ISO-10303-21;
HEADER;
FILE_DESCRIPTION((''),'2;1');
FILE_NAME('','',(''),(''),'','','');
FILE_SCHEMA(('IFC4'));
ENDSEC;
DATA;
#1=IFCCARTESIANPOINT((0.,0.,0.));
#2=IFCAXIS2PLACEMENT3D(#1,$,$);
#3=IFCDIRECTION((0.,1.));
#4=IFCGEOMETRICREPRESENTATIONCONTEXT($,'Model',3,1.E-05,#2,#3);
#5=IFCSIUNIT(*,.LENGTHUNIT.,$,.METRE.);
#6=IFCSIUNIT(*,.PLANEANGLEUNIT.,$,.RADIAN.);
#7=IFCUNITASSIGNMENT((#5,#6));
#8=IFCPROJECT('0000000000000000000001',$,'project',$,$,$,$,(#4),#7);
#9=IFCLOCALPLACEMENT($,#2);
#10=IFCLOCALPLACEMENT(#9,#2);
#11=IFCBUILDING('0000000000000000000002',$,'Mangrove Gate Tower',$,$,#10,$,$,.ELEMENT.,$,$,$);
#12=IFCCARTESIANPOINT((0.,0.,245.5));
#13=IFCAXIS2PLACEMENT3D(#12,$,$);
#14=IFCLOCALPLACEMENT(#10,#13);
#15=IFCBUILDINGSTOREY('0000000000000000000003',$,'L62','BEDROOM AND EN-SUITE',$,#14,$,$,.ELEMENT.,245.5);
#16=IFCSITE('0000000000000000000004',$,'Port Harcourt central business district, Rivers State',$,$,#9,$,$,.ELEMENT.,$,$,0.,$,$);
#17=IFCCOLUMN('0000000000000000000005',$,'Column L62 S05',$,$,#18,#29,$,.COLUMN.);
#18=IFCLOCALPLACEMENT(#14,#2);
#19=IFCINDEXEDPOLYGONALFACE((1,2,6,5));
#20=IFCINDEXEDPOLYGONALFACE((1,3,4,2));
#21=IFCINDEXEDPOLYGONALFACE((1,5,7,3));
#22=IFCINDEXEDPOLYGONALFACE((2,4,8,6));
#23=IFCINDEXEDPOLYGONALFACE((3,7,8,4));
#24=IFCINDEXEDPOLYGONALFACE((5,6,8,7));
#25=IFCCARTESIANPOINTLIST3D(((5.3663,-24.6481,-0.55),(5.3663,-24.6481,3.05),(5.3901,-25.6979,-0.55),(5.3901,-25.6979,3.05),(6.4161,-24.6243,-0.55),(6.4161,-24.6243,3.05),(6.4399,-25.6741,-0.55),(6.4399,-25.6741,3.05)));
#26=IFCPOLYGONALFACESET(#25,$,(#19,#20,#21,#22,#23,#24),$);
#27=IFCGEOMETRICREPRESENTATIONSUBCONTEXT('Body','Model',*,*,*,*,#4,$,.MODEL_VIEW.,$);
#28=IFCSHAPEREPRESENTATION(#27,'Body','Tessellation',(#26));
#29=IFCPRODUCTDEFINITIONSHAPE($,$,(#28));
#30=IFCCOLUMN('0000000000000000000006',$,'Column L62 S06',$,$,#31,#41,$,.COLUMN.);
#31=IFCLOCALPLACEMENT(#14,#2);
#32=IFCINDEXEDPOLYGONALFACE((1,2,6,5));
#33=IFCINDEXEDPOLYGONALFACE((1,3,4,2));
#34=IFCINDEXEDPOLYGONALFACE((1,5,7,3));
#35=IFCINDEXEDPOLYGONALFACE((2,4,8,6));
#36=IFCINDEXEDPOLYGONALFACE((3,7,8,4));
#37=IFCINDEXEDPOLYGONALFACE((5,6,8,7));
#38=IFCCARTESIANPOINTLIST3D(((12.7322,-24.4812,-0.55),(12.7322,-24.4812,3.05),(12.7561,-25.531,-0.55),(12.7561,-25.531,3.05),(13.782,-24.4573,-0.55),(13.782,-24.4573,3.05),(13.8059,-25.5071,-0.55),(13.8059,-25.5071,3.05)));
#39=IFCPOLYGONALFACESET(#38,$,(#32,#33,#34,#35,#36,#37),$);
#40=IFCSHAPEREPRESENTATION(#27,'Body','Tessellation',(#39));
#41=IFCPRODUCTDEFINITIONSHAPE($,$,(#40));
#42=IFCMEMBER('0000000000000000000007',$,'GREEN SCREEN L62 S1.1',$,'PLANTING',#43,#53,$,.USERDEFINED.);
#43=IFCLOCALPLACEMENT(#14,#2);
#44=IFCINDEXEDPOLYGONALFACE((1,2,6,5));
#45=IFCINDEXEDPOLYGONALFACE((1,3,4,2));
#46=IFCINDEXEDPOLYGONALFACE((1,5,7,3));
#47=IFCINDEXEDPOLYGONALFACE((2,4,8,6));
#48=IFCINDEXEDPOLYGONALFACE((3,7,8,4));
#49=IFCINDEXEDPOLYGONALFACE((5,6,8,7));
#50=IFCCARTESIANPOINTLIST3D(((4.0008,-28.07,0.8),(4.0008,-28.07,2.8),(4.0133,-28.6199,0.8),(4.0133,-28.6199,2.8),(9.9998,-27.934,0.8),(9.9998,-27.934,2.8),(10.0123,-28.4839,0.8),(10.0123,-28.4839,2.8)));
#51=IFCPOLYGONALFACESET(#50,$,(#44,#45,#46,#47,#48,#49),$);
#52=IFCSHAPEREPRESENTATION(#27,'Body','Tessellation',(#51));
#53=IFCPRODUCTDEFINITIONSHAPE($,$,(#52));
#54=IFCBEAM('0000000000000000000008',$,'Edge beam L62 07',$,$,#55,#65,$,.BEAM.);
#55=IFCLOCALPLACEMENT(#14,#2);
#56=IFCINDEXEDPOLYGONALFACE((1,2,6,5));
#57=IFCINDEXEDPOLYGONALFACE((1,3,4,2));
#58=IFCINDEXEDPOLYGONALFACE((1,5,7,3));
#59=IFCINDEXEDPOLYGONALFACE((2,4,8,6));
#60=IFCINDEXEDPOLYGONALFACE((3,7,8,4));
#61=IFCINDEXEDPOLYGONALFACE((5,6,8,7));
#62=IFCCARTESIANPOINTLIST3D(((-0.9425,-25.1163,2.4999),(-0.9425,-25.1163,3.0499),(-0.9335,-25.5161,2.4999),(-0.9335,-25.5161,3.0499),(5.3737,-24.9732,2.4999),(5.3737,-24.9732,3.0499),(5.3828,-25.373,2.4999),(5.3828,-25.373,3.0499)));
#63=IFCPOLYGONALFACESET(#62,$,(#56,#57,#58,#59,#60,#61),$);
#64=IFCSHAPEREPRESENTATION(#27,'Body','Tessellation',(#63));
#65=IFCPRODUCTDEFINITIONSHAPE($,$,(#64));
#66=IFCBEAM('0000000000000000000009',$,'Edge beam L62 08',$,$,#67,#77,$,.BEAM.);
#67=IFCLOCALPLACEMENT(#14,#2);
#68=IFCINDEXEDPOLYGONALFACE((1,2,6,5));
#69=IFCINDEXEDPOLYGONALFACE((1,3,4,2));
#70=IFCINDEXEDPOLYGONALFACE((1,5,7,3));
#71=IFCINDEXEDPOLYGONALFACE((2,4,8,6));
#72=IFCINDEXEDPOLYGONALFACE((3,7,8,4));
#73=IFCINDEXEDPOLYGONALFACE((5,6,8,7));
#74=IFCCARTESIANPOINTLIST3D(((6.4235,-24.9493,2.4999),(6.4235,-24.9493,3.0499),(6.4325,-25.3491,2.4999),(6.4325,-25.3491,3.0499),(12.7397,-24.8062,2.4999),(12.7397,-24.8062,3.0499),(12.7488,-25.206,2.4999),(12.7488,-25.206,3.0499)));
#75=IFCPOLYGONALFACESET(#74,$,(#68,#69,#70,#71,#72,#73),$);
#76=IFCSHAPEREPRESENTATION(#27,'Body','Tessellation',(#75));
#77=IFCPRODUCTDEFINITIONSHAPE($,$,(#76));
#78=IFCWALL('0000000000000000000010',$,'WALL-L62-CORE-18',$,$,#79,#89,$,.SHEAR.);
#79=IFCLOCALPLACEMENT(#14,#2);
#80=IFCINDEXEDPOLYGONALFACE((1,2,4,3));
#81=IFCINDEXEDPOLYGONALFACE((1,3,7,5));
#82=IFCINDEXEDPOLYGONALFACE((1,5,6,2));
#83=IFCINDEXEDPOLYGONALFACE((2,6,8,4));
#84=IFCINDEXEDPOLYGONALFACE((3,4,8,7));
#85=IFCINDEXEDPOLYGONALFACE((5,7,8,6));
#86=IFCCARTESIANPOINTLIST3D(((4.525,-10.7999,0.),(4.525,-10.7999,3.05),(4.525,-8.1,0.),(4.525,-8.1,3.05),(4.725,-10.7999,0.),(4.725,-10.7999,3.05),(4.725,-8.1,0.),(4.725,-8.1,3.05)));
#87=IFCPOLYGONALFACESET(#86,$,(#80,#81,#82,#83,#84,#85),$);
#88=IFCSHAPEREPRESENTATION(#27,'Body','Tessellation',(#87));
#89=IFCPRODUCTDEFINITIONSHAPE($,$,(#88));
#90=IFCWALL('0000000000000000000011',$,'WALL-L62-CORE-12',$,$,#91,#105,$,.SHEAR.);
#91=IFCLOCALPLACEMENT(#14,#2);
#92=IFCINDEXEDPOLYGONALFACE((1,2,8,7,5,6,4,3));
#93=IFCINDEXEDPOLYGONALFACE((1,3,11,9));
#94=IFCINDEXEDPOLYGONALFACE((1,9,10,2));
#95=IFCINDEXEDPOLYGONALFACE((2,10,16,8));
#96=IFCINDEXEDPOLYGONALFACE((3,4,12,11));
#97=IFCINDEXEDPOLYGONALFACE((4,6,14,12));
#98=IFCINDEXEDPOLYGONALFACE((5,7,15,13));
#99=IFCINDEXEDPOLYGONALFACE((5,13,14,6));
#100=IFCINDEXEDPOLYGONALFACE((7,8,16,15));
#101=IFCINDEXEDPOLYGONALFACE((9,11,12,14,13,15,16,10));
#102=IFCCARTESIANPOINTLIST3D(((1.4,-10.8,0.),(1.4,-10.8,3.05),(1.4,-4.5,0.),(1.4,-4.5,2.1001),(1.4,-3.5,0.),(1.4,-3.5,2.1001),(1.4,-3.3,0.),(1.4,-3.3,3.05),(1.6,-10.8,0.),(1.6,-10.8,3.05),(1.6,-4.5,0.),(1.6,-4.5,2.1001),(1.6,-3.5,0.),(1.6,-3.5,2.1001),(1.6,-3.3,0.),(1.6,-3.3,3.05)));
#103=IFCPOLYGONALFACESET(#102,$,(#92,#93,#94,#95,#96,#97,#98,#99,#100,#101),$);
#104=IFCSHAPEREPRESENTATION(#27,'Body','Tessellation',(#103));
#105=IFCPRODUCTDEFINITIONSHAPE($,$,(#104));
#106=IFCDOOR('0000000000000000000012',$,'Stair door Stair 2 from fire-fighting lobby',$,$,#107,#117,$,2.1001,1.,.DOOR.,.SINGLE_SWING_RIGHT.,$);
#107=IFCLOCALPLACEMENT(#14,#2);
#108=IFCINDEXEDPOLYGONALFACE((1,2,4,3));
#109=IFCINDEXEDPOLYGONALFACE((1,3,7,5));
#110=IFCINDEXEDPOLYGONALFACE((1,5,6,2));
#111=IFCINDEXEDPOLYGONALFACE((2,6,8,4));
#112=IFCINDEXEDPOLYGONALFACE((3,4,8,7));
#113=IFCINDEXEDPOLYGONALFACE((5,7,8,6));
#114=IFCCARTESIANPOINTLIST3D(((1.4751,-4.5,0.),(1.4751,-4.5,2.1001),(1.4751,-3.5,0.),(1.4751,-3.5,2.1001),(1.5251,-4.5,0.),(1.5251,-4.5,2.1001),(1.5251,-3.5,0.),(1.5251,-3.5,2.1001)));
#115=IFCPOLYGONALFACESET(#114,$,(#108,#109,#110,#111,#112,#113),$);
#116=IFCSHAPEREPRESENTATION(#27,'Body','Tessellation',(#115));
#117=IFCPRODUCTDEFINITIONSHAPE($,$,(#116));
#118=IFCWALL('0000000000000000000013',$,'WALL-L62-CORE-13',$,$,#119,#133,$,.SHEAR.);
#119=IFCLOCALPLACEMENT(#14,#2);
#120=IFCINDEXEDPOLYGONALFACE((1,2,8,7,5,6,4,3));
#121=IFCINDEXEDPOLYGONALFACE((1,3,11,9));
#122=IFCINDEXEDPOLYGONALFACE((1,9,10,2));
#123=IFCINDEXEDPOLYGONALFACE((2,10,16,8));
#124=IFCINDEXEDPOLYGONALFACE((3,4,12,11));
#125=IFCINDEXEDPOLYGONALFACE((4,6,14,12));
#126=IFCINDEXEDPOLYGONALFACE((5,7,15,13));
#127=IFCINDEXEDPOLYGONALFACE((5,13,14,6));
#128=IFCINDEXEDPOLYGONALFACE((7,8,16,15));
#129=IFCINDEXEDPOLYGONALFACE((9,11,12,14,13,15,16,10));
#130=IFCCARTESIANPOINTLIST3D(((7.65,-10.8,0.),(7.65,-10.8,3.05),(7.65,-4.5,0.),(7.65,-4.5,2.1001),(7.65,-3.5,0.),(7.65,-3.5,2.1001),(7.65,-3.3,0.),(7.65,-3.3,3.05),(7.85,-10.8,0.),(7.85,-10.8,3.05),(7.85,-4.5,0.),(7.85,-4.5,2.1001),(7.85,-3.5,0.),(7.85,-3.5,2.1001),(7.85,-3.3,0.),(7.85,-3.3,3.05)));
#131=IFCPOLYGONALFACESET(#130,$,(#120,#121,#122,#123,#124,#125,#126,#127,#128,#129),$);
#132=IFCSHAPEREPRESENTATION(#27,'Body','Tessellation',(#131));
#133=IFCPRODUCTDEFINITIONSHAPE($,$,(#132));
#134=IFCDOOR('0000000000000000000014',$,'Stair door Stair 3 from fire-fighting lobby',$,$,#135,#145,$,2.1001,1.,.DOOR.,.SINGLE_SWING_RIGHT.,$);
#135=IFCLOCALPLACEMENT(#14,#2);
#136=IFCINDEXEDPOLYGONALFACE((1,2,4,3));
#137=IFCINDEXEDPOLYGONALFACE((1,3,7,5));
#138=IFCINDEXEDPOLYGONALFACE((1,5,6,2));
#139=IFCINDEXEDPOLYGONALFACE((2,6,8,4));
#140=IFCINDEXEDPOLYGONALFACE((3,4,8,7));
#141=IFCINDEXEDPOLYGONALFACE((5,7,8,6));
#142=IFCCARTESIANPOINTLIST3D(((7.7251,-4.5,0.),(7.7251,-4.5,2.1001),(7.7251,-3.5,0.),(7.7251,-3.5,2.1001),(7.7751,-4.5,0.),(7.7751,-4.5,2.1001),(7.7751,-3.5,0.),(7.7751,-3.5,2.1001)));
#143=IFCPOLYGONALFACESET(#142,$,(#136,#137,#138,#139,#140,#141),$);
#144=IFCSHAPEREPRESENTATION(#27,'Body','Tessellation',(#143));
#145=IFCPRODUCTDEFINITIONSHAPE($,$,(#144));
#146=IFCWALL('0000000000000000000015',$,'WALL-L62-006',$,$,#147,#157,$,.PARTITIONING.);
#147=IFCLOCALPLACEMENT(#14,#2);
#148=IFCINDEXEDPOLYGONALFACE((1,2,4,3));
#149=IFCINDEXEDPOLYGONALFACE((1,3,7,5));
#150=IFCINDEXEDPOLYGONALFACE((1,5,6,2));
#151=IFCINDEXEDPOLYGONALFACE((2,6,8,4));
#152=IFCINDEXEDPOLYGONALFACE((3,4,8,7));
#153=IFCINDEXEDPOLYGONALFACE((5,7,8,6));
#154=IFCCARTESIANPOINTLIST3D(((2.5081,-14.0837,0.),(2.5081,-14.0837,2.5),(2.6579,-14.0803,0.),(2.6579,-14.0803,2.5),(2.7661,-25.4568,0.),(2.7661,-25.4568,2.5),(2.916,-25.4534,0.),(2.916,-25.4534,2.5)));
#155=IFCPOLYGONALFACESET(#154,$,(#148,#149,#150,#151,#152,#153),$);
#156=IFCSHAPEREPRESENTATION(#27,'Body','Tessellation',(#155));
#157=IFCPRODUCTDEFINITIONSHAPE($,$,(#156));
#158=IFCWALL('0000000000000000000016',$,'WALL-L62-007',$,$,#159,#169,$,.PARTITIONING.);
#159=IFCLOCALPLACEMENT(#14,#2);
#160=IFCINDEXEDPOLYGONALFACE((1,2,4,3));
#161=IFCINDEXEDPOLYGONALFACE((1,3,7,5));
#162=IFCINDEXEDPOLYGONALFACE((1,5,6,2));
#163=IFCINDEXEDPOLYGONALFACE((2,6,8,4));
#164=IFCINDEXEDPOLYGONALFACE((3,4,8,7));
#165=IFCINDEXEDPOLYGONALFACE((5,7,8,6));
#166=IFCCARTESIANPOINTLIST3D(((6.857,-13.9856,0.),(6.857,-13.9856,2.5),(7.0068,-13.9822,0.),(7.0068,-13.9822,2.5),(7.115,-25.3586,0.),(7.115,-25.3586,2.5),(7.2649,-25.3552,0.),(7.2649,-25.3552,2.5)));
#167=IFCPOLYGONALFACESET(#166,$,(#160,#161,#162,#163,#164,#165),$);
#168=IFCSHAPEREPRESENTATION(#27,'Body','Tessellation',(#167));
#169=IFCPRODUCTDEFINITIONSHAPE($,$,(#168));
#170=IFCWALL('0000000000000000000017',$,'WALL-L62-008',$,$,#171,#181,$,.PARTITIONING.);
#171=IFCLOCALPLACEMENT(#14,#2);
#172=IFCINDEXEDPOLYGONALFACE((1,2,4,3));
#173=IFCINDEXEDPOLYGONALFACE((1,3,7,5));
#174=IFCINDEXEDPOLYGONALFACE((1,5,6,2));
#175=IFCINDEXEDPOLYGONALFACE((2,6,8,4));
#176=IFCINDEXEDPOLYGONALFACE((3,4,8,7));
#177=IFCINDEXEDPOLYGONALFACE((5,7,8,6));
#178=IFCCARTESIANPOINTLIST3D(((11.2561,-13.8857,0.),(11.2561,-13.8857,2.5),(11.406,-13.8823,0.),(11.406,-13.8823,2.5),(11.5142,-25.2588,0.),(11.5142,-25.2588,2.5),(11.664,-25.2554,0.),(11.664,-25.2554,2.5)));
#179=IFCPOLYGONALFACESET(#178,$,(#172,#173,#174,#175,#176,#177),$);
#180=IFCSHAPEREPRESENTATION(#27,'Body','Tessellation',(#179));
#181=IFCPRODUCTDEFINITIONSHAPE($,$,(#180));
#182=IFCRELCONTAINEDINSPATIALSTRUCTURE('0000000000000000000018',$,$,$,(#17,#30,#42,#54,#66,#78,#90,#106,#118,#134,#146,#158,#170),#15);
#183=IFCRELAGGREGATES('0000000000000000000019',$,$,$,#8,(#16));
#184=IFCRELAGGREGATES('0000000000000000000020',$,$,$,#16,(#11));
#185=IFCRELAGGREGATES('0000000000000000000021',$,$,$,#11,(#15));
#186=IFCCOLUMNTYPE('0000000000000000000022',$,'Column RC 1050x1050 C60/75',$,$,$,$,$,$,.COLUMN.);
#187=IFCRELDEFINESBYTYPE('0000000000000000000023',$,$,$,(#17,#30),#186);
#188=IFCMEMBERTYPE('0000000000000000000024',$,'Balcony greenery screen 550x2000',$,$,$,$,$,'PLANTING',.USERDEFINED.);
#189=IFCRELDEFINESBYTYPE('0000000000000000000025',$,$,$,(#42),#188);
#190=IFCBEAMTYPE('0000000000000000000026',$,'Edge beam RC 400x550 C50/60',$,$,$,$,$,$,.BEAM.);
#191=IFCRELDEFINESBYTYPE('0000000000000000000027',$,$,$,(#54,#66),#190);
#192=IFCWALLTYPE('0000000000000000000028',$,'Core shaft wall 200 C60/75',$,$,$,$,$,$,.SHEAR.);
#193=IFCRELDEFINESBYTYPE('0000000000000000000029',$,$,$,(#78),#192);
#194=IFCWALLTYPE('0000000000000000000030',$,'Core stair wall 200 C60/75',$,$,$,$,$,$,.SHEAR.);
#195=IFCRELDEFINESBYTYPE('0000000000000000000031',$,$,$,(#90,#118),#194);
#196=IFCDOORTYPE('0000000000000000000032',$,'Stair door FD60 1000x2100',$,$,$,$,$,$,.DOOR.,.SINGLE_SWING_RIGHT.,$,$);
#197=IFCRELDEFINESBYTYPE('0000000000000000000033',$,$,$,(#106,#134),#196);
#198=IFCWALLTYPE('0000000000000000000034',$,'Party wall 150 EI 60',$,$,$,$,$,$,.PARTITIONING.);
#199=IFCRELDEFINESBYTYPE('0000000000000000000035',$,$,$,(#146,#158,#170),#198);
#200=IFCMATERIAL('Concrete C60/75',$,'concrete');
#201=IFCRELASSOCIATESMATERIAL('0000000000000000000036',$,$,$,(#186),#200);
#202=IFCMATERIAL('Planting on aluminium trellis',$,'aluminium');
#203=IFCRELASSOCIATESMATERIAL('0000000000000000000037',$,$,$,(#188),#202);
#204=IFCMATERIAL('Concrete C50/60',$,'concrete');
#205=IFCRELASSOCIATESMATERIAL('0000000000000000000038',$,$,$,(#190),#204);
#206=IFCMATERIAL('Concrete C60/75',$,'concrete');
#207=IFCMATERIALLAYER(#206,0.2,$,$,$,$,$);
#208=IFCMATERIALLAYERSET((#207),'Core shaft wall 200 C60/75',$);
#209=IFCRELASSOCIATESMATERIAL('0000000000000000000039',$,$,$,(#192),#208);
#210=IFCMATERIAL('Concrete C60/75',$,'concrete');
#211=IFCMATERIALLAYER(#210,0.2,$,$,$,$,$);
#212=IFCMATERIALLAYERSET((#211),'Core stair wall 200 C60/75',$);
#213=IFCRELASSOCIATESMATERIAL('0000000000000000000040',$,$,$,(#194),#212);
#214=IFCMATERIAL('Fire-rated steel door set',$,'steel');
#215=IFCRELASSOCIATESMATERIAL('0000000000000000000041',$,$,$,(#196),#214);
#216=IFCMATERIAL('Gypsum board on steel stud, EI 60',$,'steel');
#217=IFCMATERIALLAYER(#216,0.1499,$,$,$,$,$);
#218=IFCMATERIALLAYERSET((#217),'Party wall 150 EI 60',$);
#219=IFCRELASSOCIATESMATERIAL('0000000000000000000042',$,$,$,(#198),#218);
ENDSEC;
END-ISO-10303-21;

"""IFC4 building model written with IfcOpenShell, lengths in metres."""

from ifc_helpers import new_model, si_unit, direction, frame, frame_2d, origin, origin_2d, place, context, subcontext, project, spatial, rectangle, extrude, material, layer, layer_set, material_profile, profile_set, type_object, element, fill, save


model = new_model("IFC4")

# Units and contexts
model_context = context("Model", 3, precision=1e-05, world=origin(), true_north=direction((0.0, 1.0)))
body_context = subcontext(model_context, "Body", "Model", "MODEL_VIEW")
ifc_project = project(units=[si_unit("LENGTHUNIT", "METRE"), si_unit("PLANEANGLEUNIT", "RADIAN")], contexts=[model_context])

# Site, building, storey
site_placement = place(None, origin())
site = spatial("IfcSite", under=ifc_project, at=site_placement, Name="Port Harcourt central business district, Rivers State", CompositionType="ELEMENT", RefElevation=0.0)
building_placement = place(site_placement, origin())
building = spatial("IfcBuilding", under=site, at=building_placement, Name="Mangrove Gate Tower", CompositionType="ELEMENT")
storey_placement = place(building_placement, frame((0.0, 0.0, 245.5)))
storey = spatial("IfcBuildingStorey", under=building, at=storey_placement, Name="L62", Description="BEDROOM AND EN-SUITE", CompositionType="ELEMENT", Elevation=245.5)

# Columns
ifc_material_1 = material(Name="Concrete C60/75", Category="concrete")
ifc_material_profile_1 = material_profile(ifc_material_1, rectangle(XDim=1.05, YDim=1.05, at=origin_2d()))
ifc_profile_set_1 = profile_set([ifc_material_profile_1], Name="Concrete C60/75")
column_type = type_object("IfcColumnType", Name="Column RC 1050x1050 C60/75", PredefinedType="COLUMN", material=ifc_profile_set_1)
for number, where, z_axis, x_axis, name in (
    (1, (5.9031, -25.1611, -0.55), (0.0, 0.0, 1.0), (0.999743, 0.022666, 0.0), "Column L62 S05"),
    (2, (13.269, -24.9941, -0.55), (0.0, 0.0, 1.0), (0.999742, 0.022734, 0.0), "Column L62 S06"),
):
    element("IfcColumn", number, at=place(storey_placement, frame(where, z_axis=z_axis, x_axis=x_axis)), inside=storey, type_object=column_type, Name=name, PredefinedType="COLUMN", context=body_context, shape_type="SweptSolid", body=[
        extrude(rectangle(XDim=1.05, YDim=1.05, at=origin_2d()), origin(), (0.0, 0.0, 1.0), 3.6001),
    ])

# Member
ifc_material_2 = material(Name="Planting on aluminium trellis", Category="aluminium")
ifc_material_profile_2 = material_profile(ifc_material_2, rectangle(XDim=0.55, YDim=2.0, at=origin_2d()))
ifc_profile_set_2 = profile_set([ifc_material_profile_2], Name="Planting on aluminium trellis")
member_type = type_object("IfcMemberType", Name="Balcony greenery screen 550x2000", ElementType="PLANTING", PredefinedType="USERDEFINED", material=ifc_profile_set_2)
member_placement = place(storey_placement, frame((4.0071, -28.345, 1.8), z_axis=(0.999743, 0.022662, 0.0), x_axis=(-0.022662, 0.999743, 0.0)))
element("IfcMember", 3, at=member_placement, inside=storey, type_object=member_type, Name="GREEN SCREEN L62 S1.1", ObjectType="PLANTING", PredefinedType="USERDEFINED", context=body_context, shape_type="SweptSolid", body=[
    extrude(rectangle(XDim=0.55, YDim=2.0, at=origin_2d()), origin(), (0.0, 0.0, 1.0), 6.0005),
])

# Beams
ifc_material_3 = material(Name="Concrete C50/60", Category="concrete")
ifc_material_profile_3 = material_profile(ifc_material_3, rectangle(XDim=0.3999, YDim=0.55, at=origin_2d()))
ifc_profile_set_3 = profile_set([ifc_material_profile_3], Name="Concrete C50/60")
beam_type = type_object("IfcBeamType", Name="Edge beam RC 400x550 C50/60", PredefinedType="BEAM", material=ifc_profile_set_3)
for number, where, z_axis, x_axis, name in (
    (4, (-0.938, -25.3162, 2.7749), (0.999744, 0.022645, 0.0), (-0.022645, 0.999744, 0.0), "Edge beam L62 07"),
    (5, (6.428, -25.1492, 2.7749), (0.999744, 0.022645, 0.0), (-0.022645, 0.999744, 0.0), "Edge beam L62 08"),
):
    element("IfcBeam", number, at=place(storey_placement, frame(where, z_axis=z_axis, x_axis=x_axis)), inside=storey, type_object=beam_type, Name=name, PredefinedType="BEAM", context=body_context, shape_type="SweptSolid", body=[
        extrude(rectangle(XDim=0.3999, YDim=0.55, at=origin_2d()), origin(), (0.0, 0.0, 1.0), 6.3179),
    ])

# Wall
ifc_material_4 = material(Name="Concrete C60/75", Category="concrete")
ifc_layer_1 = layer(ifc_material_4, 0.2)
ifc_layer_set_1 = layer_set([ifc_layer_1], Name="Core shaft wall 200 C60/75")
wall_type_1 = type_object("IfcWallType", Name="Core shaft wall 200 C60/75", PredefinedType="SHEAR", material=ifc_layer_set_1)
wall_1_placement = place(storey_placement, frame((4.625, -10.8, 0.0), z_axis=(0.0, 0.0, 1.0), x_axis=(0.0, 1.0, 0.0)))
element("IfcWall", 6, at=wall_1_placement, inside=storey, type_object=wall_type_1, Name="WALL-L62-CORE-18", PredefinedType="SHEAR", context=body_context, shape_type="SweptSolid", body=[
    extrude(rectangle(XDim=2.7, YDim=0.2, at=frame_2d((1.3501, 0.0))), origin(), (0.0, 0.0, 1.0), 3.05),
])

# Walls, openings, doors
ifc_material_5 = material(Name="Concrete C60/75", Category="concrete")
ifc_layer_2 = layer(ifc_material_5, 0.2)
ifc_layer_set_2 = layer_set([ifc_layer_2], Name="Core stair wall 200 C60/75")
wall_type_2 = type_object("IfcWallType", Name="Core stair wall 200 C60/75", PredefinedType="SHEAR", material=ifc_layer_set_2)
wall_2_placement = place(storey_placement, frame((1.5, -10.8, 0.0), z_axis=(0.0, 0.0, 1.0), x_axis=(0.0, 1.0, 0.0)))
wall_2 = element("IfcWall", 7, at=wall_2_placement, inside=storey, type_object=wall_type_2, Name="WALL-L62-CORE-12", PredefinedType="SHEAR", context=body_context, shape_type="SweptSolid", body=[
    extrude(rectangle(XDim=7.5, YDim=0.2, at=frame_2d((3.75, 0.0))), origin(), (0.0, 0.0, 1.0), 3.05),
])
opening_1_placement = place(wall_2_placement, frame((6.3, 0.0, 0.0)))
opening_1 = element("IfcOpeningElement", 8, at=opening_1_placement, cuts=wall_2, PredefinedType="OPENING", context=body_context, shape_type="SweptSolid", body=[
    extrude(rectangle(XDim=1.0, YDim=2.1001, at=frame_2d((0.5, 1.05))), frame((0.0, 0.1099, 0.0), z_axis=(0.0, -1.0, 0.0), x_axis=(1.0, 0.0, 0.0)), (0.0, 0.0, 1.0), 0.22),
])
ifc_material_6 = material(Name="Fire-rated steel door set", Category="steel")
door_type_1 = type_object("IfcDoorType", Name="Stair door FD60 1000x2100", OperationType="SINGLE_SWING_RIGHT", PredefinedType="DOOR", material=ifc_material_6)
door_1_placement = place(opening_1_placement, origin())
door_1 = element("IfcDoor", 9, at=door_1_placement, inside=storey, type_object=door_type_1, Name="Stair door Stair 2 from fire-fighting lobby", OperationType="SINGLE_SWING_RIGHT", OverallHeight=2.1001, OverallWidth=1.0, PredefinedType="DOOR", context=body_context, shape_type="SweptSolid", body=[
    extrude(rectangle(XDim=1.0, YDim=2.1001, at=frame_2d((0.5, 1.05))), frame((0.0, 0.0249, 0.0), z_axis=(0.0, -1.0, 0.0), x_axis=(1.0, 0.0, 0.0)), (0.0, 0.0, 1.0), 0.05),
])
fill(opening_1, door_1)
wall_3_placement = place(storey_placement, frame((7.75, -10.8, 0.0), z_axis=(0.0, 0.0, 1.0), x_axis=(0.0, 1.0, 0.0)))
wall_3 = element("IfcWall", 10, at=wall_3_placement, inside=storey, type_object=wall_type_2, Name="WALL-L62-CORE-13", PredefinedType="SHEAR", context=body_context, shape_type="SweptSolid", body=[
    extrude(rectangle(XDim=7.5, YDim=0.2, at=frame_2d((3.75, 0.0))), origin(), (0.0, 0.0, 1.0), 3.05),
])
opening_2_placement = place(wall_3_placement, frame((6.3, 0.0, 0.0)))
opening_2 = element("IfcOpeningElement", 11, at=opening_2_placement, cuts=wall_3, PredefinedType="OPENING", context=body_context, shape_type="SweptSolid", body=[
    extrude(rectangle(XDim=1.0, YDim=2.1001, at=frame_2d((0.5, 1.05))), frame((0.0, 0.1099, 0.0), z_axis=(0.0, -1.0, 0.0), x_axis=(1.0, 0.0, 0.0)), (0.0, 0.0, 1.0), 0.22),
])
door_2_placement = place(opening_2_placement, origin())
door_2 = element("IfcDoor", 12, at=door_2_placement, inside=storey, type_object=door_type_1, Name="Stair door Stair 3 from fire-fighting lobby", OperationType="SINGLE_SWING_RIGHT", OverallHeight=2.1001, OverallWidth=1.0, PredefinedType="DOOR", context=body_context, shape_type="SweptSolid", body=[
    extrude(rectangle(XDim=1.0, YDim=2.1001, at=frame_2d((0.5, 1.05))), frame((0.0, 0.0249, 0.0), z_axis=(0.0, -1.0, 0.0), x_axis=(1.0, 0.0, 0.0)), (0.0, 0.0, 1.0), 0.05),
])
fill(opening_2, door_2)

# Walls
ifc_material_7 = material(Name="Gypsum board on steel stud, EI 60", Category="steel")
ifc_layer_3 = layer(ifc_material_7, 0.1499)
ifc_layer_set_3 = layer_set([ifc_layer_3], Name="Party wall 150 EI 60")
wall_type_3 = type_object("IfcWallType", Name="Party wall 150 EI 60", PredefinedType="PARTITIONING", material=ifc_layer_set_3)
for number, where, z_axis, x_axis, name in (
    (13, (2.8411, -25.4551, 0.0), (0.0, 0.0, 1.0), (-0.022684, 0.999743, 0.0), "WALL-L62-006"),
    (14, (7.1899, -25.3569, 0.0), (0.0, 0.0, 1.0), (-0.022684, 0.999743, 0.0), "WALL-L62-007"),
    (15, (11.5891, -25.2571, 0.0), (0.0, 0.0, 1.0), (-0.022684, 0.999743, 0.0), "WALL-L62-008"),
):
    element("IfcWall", number, at=place(storey_placement, frame(where, z_axis=z_axis, x_axis=x_axis)), inside=storey, type_object=wall_type_3, Name=name, PredefinedType="PARTITIONING", context=body_context, shape_type="SweptSolid", body=[
        extrude(rectangle(XDim=11.376, YDim=0.1499, at=frame_2d((5.688, 0.0))), origin(), (0.0, 0.0, 1.0), 2.5),
    ])

save(model, "model.ifc")
